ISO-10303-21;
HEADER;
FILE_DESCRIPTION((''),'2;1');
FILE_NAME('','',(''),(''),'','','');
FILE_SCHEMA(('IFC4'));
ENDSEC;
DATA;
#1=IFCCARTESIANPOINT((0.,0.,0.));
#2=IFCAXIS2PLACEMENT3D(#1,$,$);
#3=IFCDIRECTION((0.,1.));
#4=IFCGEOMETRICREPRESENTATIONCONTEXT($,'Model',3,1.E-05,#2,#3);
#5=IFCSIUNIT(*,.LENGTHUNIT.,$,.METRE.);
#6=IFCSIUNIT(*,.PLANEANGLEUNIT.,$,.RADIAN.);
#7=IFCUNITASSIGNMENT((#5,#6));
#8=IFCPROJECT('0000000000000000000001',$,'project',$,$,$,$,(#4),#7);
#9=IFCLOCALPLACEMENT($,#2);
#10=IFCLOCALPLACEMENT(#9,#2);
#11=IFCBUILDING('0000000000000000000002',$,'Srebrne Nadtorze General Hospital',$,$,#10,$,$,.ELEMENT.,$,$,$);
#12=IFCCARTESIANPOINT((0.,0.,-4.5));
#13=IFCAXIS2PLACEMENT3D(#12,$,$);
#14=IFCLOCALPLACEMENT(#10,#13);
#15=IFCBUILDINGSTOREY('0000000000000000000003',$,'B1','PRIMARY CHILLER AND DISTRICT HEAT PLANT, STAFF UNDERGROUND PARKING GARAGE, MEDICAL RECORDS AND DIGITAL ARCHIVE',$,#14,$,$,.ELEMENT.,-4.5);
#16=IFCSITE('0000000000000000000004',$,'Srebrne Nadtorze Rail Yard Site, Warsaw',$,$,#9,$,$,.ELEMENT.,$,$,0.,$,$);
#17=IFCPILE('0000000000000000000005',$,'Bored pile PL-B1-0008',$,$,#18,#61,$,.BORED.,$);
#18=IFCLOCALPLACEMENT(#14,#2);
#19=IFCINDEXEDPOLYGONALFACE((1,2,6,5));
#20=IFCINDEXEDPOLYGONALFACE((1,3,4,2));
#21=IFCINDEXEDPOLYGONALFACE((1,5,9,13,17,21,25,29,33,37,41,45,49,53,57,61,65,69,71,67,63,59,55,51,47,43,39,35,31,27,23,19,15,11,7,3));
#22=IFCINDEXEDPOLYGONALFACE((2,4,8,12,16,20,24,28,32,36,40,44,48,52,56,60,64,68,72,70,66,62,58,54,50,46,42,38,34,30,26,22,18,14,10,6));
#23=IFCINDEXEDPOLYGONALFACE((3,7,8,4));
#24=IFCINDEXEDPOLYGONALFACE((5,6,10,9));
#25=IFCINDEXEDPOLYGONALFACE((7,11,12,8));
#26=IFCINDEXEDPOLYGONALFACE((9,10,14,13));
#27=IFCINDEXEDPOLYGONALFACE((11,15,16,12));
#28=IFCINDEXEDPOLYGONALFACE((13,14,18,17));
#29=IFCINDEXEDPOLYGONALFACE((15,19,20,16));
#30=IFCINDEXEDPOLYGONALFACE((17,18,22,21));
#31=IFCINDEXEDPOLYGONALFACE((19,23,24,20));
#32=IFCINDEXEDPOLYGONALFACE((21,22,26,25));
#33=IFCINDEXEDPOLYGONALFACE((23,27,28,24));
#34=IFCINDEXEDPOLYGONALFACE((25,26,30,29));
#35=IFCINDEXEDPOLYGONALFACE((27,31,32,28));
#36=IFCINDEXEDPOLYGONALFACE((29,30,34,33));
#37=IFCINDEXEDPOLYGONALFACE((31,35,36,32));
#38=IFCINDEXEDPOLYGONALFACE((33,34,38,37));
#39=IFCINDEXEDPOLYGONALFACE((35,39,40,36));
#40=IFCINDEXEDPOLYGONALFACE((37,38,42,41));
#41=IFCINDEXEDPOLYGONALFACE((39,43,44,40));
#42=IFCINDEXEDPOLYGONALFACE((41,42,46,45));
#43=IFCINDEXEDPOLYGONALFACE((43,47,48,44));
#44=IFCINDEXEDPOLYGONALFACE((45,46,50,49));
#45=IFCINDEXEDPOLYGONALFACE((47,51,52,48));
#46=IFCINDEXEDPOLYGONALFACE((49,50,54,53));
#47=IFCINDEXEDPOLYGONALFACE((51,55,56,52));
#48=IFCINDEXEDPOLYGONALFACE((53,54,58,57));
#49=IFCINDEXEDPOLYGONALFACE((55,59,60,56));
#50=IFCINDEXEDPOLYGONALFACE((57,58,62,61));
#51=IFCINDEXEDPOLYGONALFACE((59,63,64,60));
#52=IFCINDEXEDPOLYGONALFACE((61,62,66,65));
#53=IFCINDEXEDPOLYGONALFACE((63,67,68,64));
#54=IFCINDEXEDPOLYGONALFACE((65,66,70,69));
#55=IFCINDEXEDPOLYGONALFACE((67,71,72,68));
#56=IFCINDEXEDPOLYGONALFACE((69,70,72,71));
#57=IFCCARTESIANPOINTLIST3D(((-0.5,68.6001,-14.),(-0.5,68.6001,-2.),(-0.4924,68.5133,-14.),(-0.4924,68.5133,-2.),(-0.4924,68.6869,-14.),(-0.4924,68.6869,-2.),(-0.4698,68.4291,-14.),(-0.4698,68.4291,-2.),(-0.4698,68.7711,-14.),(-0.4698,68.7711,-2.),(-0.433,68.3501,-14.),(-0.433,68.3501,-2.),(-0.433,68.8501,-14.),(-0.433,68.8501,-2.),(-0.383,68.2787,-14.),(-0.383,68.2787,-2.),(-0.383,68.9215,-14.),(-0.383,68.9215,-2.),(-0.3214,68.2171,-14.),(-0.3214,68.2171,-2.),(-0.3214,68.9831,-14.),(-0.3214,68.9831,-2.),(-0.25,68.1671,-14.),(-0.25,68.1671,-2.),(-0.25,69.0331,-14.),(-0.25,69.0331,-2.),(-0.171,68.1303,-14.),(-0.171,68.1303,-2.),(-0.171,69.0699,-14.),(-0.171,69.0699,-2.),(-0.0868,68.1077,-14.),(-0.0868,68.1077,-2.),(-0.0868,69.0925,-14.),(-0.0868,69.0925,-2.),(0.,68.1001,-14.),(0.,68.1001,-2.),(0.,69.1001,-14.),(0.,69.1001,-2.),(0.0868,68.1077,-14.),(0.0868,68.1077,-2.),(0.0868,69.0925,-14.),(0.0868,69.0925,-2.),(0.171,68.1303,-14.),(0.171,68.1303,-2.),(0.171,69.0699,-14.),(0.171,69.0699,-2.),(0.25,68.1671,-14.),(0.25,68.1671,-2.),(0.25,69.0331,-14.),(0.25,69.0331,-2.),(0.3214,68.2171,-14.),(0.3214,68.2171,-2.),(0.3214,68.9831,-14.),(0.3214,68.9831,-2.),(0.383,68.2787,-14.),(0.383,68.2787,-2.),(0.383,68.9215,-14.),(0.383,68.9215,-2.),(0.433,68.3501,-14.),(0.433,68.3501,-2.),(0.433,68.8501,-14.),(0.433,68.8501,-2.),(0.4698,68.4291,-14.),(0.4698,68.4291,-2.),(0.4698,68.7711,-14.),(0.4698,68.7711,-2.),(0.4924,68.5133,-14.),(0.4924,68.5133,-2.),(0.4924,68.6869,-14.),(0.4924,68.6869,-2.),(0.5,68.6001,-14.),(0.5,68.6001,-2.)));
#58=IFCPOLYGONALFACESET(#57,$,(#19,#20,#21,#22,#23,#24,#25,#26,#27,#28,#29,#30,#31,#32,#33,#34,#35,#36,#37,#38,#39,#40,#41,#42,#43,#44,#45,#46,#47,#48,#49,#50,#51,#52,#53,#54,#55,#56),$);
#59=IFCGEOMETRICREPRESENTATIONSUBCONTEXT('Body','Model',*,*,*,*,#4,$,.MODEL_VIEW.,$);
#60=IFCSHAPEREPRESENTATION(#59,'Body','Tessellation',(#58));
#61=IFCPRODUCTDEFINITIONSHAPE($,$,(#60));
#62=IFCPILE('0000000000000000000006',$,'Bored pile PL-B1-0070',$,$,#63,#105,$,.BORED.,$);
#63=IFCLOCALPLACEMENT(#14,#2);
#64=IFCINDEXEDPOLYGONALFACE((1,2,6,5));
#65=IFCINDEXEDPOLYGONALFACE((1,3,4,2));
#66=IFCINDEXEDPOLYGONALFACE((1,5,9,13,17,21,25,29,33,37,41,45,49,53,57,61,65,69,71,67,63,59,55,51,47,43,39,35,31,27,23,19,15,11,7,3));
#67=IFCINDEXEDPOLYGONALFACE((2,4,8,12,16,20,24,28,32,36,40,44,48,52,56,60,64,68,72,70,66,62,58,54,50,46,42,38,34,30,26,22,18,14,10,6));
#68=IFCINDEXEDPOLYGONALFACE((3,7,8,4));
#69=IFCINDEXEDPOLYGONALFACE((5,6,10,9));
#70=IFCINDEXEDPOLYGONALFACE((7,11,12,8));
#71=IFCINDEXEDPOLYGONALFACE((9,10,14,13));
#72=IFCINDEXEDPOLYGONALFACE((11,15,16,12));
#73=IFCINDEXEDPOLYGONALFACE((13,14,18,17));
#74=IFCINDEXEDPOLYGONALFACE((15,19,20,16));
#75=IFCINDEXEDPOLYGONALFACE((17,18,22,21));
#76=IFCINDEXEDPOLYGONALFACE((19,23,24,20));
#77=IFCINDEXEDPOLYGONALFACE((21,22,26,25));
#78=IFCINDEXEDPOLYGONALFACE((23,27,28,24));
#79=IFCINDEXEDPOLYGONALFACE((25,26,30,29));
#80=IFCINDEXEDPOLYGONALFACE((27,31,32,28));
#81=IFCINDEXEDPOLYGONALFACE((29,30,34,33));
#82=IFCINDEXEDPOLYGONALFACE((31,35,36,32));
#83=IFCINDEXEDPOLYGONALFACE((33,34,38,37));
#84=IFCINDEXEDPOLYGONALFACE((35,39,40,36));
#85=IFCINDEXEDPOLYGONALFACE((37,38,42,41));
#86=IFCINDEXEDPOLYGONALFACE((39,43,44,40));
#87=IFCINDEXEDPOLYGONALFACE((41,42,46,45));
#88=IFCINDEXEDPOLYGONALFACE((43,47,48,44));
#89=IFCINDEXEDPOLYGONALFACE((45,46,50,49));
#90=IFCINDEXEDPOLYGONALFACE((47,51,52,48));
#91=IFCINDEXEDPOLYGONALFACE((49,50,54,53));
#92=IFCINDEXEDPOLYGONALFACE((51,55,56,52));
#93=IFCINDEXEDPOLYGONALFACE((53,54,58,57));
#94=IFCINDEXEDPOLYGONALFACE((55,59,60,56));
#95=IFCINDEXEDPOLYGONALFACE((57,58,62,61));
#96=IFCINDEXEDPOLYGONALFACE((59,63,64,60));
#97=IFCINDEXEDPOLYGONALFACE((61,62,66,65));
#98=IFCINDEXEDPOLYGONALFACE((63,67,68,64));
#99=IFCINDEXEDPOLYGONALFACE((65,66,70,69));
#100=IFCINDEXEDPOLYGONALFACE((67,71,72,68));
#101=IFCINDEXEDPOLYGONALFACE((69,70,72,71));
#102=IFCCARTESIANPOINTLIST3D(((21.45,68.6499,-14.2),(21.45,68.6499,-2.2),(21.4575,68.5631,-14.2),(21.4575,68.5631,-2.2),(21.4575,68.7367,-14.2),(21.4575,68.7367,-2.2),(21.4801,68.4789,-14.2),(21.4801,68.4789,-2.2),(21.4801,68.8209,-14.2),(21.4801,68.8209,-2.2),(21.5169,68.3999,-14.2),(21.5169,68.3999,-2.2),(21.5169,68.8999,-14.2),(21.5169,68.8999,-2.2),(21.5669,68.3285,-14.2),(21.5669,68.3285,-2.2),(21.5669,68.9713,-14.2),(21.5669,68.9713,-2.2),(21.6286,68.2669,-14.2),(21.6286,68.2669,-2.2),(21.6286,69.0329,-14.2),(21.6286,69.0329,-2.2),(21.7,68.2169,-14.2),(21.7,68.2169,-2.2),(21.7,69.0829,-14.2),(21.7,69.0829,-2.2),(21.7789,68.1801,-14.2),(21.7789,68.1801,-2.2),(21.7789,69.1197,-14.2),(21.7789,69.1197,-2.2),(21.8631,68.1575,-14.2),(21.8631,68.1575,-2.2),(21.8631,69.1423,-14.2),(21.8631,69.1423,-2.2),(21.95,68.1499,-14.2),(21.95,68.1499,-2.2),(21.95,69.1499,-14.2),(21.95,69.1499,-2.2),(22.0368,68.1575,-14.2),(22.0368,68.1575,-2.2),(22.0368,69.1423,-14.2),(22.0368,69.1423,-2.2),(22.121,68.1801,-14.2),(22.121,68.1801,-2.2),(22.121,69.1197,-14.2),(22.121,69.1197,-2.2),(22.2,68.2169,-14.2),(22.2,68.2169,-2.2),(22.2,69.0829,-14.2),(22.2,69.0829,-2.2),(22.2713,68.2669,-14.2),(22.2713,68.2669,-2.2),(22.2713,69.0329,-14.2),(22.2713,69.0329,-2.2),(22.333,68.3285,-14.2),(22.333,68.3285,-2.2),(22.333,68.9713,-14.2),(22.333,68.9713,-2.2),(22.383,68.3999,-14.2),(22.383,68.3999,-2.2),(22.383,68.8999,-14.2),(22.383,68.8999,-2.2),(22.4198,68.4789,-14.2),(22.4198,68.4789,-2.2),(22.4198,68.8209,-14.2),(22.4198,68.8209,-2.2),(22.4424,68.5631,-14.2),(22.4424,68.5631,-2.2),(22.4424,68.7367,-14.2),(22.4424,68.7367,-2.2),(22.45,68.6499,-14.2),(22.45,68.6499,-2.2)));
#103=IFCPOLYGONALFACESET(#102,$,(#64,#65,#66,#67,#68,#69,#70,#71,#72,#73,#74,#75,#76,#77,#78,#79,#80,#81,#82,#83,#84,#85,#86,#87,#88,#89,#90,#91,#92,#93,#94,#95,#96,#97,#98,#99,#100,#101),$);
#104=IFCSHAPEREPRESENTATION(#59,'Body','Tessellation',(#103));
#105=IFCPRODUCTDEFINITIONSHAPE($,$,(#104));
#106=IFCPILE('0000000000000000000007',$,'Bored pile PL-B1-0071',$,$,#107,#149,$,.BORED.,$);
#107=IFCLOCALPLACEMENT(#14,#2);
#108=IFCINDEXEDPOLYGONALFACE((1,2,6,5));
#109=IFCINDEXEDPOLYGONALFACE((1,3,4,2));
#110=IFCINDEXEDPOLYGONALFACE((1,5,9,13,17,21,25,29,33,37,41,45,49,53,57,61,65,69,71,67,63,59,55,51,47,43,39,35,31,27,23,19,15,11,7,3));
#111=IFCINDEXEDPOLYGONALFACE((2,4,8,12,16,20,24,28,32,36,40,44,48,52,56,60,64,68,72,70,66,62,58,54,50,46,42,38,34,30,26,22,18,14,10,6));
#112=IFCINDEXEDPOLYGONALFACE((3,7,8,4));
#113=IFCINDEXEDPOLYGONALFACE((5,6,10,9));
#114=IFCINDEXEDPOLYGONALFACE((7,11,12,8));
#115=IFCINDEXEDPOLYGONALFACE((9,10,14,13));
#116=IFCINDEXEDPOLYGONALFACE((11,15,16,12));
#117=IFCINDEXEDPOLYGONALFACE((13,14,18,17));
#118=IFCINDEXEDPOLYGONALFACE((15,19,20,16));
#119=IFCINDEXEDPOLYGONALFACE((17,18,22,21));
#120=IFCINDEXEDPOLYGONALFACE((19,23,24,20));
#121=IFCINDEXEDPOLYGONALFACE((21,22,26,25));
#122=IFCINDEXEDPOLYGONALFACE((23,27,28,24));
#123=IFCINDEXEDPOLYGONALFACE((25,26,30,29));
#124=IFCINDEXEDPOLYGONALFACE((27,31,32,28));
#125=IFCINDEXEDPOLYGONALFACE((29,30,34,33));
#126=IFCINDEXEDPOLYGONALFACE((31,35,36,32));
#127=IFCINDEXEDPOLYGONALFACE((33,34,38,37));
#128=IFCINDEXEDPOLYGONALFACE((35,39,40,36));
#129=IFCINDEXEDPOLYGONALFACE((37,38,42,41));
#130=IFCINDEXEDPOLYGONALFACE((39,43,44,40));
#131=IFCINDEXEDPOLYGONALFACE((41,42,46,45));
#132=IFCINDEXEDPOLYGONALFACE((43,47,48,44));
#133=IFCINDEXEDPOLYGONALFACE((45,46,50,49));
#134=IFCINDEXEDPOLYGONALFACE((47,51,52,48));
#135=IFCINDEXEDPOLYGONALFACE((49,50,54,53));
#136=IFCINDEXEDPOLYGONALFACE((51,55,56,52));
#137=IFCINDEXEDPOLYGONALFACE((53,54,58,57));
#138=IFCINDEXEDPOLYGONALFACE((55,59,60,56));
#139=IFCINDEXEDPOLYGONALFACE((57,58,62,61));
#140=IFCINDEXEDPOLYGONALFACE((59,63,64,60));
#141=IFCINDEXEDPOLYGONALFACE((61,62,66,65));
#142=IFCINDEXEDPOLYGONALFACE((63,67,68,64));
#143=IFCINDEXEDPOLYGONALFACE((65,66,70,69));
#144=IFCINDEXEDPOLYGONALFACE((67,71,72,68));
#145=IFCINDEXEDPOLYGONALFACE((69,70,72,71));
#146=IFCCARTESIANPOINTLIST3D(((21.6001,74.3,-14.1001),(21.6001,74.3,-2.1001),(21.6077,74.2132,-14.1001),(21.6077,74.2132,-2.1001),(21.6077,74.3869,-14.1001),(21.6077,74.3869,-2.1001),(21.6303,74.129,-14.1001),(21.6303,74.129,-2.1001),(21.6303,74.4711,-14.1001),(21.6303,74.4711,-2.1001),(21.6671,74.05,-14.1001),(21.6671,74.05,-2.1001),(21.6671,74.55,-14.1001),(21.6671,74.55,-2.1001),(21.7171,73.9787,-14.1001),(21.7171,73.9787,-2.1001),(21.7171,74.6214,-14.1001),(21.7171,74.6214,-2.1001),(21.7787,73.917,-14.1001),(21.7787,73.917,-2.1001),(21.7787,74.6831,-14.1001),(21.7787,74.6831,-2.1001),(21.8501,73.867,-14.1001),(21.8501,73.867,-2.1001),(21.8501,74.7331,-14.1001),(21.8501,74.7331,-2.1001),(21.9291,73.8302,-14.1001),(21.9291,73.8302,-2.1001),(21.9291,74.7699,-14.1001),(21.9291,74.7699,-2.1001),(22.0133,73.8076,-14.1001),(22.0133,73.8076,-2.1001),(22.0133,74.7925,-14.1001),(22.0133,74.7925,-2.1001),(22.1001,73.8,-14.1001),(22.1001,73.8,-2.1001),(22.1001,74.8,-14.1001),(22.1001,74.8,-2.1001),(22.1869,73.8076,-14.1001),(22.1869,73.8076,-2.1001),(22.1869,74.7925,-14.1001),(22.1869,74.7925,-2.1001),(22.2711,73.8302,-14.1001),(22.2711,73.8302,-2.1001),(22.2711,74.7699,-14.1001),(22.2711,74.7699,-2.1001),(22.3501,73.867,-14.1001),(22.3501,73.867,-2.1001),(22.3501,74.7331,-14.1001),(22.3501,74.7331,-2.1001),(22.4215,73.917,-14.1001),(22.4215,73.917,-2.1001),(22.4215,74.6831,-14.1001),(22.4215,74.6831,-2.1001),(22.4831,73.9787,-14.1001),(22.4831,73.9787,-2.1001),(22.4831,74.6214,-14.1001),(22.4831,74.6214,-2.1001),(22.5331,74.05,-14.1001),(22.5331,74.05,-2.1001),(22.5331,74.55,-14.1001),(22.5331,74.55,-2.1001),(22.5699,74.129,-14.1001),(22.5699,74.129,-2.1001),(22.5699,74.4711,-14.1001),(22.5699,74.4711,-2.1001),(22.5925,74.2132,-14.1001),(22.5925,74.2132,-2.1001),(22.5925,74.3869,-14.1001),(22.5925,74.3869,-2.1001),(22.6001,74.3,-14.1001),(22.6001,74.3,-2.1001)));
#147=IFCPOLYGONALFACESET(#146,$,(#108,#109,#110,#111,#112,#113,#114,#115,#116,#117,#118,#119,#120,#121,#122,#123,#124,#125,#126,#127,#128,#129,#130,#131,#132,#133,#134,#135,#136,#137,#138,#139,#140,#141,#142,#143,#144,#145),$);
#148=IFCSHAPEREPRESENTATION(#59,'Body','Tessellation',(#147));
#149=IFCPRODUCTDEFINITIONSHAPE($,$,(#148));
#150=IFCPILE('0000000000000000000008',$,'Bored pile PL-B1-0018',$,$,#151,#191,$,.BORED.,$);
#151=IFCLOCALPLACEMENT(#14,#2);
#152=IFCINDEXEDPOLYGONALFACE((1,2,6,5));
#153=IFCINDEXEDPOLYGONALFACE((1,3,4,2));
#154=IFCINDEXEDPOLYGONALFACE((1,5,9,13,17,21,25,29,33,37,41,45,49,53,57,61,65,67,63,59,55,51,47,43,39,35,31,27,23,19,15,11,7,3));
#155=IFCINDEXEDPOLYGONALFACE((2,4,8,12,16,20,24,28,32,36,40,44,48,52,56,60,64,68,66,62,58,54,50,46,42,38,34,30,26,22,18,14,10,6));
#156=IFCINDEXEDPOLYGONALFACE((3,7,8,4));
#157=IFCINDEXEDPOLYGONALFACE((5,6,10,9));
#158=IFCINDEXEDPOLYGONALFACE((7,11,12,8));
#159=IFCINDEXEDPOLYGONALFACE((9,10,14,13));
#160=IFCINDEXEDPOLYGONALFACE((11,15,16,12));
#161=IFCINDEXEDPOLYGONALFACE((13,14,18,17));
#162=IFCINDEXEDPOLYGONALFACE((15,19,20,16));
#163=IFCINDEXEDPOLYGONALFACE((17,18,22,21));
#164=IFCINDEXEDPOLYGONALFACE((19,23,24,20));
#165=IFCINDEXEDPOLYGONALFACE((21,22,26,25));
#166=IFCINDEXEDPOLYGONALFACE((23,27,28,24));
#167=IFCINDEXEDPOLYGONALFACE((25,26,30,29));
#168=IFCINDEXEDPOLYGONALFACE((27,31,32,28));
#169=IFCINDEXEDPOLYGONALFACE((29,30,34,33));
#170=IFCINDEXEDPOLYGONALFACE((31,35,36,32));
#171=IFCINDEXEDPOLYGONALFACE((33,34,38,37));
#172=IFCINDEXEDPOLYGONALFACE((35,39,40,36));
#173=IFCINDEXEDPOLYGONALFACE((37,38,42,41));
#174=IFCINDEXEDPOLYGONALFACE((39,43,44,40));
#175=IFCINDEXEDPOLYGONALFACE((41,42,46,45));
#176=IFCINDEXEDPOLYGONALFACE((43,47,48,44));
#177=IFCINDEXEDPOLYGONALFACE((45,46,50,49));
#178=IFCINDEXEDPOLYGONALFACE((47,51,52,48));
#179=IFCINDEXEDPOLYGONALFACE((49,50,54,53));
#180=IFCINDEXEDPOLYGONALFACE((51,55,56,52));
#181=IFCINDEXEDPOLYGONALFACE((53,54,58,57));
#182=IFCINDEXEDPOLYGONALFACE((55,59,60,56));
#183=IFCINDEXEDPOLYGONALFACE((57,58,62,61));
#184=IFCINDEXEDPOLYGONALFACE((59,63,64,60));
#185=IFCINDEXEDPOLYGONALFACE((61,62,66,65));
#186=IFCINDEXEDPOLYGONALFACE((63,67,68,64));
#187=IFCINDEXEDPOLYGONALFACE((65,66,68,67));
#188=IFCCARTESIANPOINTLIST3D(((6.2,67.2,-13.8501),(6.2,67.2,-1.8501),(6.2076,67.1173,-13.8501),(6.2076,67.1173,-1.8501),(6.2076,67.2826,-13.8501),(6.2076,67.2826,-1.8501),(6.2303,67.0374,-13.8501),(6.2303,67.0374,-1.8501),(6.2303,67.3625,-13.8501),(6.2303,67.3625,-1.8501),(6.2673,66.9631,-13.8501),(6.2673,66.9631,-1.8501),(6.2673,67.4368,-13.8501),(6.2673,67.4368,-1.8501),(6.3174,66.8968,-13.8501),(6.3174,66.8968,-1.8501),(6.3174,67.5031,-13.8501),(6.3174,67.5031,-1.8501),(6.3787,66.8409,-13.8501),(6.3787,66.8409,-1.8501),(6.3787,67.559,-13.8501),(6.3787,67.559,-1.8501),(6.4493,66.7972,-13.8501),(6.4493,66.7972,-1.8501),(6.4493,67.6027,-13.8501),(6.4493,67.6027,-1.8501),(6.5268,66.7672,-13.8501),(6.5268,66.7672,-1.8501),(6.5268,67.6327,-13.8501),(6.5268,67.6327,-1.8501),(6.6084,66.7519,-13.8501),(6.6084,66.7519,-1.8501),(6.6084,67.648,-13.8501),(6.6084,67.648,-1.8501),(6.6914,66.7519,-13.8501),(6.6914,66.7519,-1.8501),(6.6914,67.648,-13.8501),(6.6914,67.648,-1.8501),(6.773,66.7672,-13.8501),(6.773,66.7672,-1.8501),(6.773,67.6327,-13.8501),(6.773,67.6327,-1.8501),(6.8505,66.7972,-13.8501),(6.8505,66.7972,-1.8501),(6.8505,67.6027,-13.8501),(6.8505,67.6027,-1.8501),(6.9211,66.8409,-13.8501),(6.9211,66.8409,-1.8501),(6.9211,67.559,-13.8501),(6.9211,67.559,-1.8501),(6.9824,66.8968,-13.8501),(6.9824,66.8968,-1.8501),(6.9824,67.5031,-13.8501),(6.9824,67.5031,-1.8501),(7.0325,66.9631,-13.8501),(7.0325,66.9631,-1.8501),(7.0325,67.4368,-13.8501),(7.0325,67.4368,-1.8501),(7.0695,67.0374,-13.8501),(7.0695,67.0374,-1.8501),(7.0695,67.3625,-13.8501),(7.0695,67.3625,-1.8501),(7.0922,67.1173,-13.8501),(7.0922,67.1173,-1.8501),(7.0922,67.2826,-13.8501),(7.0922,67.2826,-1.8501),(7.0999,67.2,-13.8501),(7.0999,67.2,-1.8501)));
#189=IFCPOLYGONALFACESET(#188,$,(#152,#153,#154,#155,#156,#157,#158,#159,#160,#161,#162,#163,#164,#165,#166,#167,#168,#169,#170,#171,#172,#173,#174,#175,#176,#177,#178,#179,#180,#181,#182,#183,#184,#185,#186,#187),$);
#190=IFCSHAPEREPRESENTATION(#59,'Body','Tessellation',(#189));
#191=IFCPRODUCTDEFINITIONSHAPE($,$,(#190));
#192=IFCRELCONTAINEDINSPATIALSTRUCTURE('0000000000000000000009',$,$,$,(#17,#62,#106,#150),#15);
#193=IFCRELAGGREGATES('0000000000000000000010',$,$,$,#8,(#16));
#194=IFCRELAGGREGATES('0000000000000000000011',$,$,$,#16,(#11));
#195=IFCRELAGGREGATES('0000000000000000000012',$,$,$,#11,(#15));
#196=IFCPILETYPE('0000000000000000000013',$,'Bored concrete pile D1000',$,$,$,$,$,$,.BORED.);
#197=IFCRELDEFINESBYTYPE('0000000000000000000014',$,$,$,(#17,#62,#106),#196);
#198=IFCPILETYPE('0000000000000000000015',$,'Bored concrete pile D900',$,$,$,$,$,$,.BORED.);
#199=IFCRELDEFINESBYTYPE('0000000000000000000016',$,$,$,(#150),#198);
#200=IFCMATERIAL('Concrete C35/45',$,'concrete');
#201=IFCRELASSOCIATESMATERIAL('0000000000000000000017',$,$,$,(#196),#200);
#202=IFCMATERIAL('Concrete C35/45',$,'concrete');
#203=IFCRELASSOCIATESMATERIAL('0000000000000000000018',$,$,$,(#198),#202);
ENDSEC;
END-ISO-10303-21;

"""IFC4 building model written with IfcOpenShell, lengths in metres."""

from ifc_helpers import new_model, si_unit, direction, frame, origin, origin_2d, place, context, subcontext, project, spatial, circle, extrude, material, material_profile, profile_set, type_object, element, save


model = new_model("IFC4")

# Units and contexts
model_context = context("Model", 3, precision=1e-05, world=origin(), true_north=direction((0.0, 1.0)))
body_context = subcontext(model_context, "Body", "Model", "MODEL_VIEW")
ifc_project = project(units=[si_unit("LENGTHUNIT", "METRE"), si_unit("PLANEANGLEUNIT", "RADIAN")], contexts=[model_context])

# Site, building, storey
site_placement = place(None, origin())
site = spatial("IfcSite", under=ifc_project, at=site_placement, Name="Srebrne Nadtorze Rail Yard Site, Warsaw", CompositionType="ELEMENT", RefElevation=0.0)
building_placement = place(site_placement, origin())
building = spatial("IfcBuilding", under=site, at=building_placement, Name="Srebrne Nadtorze General Hospital", CompositionType="ELEMENT")
storey_placement = place(building_placement, frame((0.0, 0.0, -4.5)))
storey = spatial("IfcBuildingStorey", under=building, at=storey_placement, Name="B1", Description="PRIMARY CHILLER AND DISTRICT HEAT PLANT, STAFF UNDERGROUND PARKING GARAGE, MEDICAL RECORDS AND DIGITAL ARCHIVE", CompositionType="ELEMENT", Elevation=-4.5)

# Piles
ifc_material_1 = material(Name="Concrete C35/45", Category="concrete")
ifc_material_profile_1 = material_profile(ifc_material_1, circle(Radius=0.5, at=origin_2d()), Name="PILE-D1000")
ifc_profile_set_1 = profile_set([ifc_material_profile_1], Name="Concrete C35/45")
pile_type_1 = type_object("IfcPileType", Name="Bored concrete pile D1000", PredefinedType="BORED", material=ifc_profile_set_1)
for number, where, z_axis, x_axis, name in (
    (1, (0.0, 68.6001, -2.0), (0.0, 0.0, -1.0), (1.0, 0.0, 0.0), "Bored pile PL-B1-0008"),
    (2, (21.95, 68.6499, -2.2), (0.0, 0.0, -1.0), (1.0, 0.0, 0.0), "Bored pile PL-B1-0070"),
    (3, (22.1001, 74.3, -2.1001), (0.0, 0.0, -1.0), (1.0, 0.0, 0.0), "Bored pile PL-B1-0071"),
):
    element("IfcPile", number, at=place(storey_placement, frame(where, z_axis=z_axis, x_axis=x_axis)), inside=storey, type_object=pile_type_1, Name=name, PredefinedType="BORED", context=body_context, shape_type="SweptSolid", body=[
        extrude(circle(Radius=0.5, at=origin_2d()), origin(), (0.0, 0.0, 1.0), 12.0),
    ])
ifc_material_2 = material(Name="Concrete C35/45", Category="concrete")
ifc_material_profile_2 = material_profile(ifc_material_2, circle(Radius=0.45, at=origin_2d()), Name="PILE-D900")
ifc_profile_set_2 = profile_set([ifc_material_profile_2], Name="Concrete C35/45")
pile_type_2 = type_object("IfcPileType", Name="Bored concrete pile D900", PredefinedType="BORED", material=ifc_profile_set_2)
for number, where, z_axis, x_axis, name in (
    (4, (6.6499, 67.2, -1.8501), (0.0, 0.0, -1.0), (1.0, 0.0, 0.0), "Bored pile PL-B1-0018"),
):
    element("IfcPile", number, at=place(storey_placement, frame(where, z_axis=z_axis, x_axis=x_axis)), inside=storey, type_object=pile_type_2, Name=name, PredefinedType="BORED", context=body_context, shape_type="SweptSolid", body=[
        extrude(circle(Radius=0.45, at=origin_2d()), origin(), (0.0, 0.0, 1.0), 12.0),
    ])

save(model, "model.ifc")
